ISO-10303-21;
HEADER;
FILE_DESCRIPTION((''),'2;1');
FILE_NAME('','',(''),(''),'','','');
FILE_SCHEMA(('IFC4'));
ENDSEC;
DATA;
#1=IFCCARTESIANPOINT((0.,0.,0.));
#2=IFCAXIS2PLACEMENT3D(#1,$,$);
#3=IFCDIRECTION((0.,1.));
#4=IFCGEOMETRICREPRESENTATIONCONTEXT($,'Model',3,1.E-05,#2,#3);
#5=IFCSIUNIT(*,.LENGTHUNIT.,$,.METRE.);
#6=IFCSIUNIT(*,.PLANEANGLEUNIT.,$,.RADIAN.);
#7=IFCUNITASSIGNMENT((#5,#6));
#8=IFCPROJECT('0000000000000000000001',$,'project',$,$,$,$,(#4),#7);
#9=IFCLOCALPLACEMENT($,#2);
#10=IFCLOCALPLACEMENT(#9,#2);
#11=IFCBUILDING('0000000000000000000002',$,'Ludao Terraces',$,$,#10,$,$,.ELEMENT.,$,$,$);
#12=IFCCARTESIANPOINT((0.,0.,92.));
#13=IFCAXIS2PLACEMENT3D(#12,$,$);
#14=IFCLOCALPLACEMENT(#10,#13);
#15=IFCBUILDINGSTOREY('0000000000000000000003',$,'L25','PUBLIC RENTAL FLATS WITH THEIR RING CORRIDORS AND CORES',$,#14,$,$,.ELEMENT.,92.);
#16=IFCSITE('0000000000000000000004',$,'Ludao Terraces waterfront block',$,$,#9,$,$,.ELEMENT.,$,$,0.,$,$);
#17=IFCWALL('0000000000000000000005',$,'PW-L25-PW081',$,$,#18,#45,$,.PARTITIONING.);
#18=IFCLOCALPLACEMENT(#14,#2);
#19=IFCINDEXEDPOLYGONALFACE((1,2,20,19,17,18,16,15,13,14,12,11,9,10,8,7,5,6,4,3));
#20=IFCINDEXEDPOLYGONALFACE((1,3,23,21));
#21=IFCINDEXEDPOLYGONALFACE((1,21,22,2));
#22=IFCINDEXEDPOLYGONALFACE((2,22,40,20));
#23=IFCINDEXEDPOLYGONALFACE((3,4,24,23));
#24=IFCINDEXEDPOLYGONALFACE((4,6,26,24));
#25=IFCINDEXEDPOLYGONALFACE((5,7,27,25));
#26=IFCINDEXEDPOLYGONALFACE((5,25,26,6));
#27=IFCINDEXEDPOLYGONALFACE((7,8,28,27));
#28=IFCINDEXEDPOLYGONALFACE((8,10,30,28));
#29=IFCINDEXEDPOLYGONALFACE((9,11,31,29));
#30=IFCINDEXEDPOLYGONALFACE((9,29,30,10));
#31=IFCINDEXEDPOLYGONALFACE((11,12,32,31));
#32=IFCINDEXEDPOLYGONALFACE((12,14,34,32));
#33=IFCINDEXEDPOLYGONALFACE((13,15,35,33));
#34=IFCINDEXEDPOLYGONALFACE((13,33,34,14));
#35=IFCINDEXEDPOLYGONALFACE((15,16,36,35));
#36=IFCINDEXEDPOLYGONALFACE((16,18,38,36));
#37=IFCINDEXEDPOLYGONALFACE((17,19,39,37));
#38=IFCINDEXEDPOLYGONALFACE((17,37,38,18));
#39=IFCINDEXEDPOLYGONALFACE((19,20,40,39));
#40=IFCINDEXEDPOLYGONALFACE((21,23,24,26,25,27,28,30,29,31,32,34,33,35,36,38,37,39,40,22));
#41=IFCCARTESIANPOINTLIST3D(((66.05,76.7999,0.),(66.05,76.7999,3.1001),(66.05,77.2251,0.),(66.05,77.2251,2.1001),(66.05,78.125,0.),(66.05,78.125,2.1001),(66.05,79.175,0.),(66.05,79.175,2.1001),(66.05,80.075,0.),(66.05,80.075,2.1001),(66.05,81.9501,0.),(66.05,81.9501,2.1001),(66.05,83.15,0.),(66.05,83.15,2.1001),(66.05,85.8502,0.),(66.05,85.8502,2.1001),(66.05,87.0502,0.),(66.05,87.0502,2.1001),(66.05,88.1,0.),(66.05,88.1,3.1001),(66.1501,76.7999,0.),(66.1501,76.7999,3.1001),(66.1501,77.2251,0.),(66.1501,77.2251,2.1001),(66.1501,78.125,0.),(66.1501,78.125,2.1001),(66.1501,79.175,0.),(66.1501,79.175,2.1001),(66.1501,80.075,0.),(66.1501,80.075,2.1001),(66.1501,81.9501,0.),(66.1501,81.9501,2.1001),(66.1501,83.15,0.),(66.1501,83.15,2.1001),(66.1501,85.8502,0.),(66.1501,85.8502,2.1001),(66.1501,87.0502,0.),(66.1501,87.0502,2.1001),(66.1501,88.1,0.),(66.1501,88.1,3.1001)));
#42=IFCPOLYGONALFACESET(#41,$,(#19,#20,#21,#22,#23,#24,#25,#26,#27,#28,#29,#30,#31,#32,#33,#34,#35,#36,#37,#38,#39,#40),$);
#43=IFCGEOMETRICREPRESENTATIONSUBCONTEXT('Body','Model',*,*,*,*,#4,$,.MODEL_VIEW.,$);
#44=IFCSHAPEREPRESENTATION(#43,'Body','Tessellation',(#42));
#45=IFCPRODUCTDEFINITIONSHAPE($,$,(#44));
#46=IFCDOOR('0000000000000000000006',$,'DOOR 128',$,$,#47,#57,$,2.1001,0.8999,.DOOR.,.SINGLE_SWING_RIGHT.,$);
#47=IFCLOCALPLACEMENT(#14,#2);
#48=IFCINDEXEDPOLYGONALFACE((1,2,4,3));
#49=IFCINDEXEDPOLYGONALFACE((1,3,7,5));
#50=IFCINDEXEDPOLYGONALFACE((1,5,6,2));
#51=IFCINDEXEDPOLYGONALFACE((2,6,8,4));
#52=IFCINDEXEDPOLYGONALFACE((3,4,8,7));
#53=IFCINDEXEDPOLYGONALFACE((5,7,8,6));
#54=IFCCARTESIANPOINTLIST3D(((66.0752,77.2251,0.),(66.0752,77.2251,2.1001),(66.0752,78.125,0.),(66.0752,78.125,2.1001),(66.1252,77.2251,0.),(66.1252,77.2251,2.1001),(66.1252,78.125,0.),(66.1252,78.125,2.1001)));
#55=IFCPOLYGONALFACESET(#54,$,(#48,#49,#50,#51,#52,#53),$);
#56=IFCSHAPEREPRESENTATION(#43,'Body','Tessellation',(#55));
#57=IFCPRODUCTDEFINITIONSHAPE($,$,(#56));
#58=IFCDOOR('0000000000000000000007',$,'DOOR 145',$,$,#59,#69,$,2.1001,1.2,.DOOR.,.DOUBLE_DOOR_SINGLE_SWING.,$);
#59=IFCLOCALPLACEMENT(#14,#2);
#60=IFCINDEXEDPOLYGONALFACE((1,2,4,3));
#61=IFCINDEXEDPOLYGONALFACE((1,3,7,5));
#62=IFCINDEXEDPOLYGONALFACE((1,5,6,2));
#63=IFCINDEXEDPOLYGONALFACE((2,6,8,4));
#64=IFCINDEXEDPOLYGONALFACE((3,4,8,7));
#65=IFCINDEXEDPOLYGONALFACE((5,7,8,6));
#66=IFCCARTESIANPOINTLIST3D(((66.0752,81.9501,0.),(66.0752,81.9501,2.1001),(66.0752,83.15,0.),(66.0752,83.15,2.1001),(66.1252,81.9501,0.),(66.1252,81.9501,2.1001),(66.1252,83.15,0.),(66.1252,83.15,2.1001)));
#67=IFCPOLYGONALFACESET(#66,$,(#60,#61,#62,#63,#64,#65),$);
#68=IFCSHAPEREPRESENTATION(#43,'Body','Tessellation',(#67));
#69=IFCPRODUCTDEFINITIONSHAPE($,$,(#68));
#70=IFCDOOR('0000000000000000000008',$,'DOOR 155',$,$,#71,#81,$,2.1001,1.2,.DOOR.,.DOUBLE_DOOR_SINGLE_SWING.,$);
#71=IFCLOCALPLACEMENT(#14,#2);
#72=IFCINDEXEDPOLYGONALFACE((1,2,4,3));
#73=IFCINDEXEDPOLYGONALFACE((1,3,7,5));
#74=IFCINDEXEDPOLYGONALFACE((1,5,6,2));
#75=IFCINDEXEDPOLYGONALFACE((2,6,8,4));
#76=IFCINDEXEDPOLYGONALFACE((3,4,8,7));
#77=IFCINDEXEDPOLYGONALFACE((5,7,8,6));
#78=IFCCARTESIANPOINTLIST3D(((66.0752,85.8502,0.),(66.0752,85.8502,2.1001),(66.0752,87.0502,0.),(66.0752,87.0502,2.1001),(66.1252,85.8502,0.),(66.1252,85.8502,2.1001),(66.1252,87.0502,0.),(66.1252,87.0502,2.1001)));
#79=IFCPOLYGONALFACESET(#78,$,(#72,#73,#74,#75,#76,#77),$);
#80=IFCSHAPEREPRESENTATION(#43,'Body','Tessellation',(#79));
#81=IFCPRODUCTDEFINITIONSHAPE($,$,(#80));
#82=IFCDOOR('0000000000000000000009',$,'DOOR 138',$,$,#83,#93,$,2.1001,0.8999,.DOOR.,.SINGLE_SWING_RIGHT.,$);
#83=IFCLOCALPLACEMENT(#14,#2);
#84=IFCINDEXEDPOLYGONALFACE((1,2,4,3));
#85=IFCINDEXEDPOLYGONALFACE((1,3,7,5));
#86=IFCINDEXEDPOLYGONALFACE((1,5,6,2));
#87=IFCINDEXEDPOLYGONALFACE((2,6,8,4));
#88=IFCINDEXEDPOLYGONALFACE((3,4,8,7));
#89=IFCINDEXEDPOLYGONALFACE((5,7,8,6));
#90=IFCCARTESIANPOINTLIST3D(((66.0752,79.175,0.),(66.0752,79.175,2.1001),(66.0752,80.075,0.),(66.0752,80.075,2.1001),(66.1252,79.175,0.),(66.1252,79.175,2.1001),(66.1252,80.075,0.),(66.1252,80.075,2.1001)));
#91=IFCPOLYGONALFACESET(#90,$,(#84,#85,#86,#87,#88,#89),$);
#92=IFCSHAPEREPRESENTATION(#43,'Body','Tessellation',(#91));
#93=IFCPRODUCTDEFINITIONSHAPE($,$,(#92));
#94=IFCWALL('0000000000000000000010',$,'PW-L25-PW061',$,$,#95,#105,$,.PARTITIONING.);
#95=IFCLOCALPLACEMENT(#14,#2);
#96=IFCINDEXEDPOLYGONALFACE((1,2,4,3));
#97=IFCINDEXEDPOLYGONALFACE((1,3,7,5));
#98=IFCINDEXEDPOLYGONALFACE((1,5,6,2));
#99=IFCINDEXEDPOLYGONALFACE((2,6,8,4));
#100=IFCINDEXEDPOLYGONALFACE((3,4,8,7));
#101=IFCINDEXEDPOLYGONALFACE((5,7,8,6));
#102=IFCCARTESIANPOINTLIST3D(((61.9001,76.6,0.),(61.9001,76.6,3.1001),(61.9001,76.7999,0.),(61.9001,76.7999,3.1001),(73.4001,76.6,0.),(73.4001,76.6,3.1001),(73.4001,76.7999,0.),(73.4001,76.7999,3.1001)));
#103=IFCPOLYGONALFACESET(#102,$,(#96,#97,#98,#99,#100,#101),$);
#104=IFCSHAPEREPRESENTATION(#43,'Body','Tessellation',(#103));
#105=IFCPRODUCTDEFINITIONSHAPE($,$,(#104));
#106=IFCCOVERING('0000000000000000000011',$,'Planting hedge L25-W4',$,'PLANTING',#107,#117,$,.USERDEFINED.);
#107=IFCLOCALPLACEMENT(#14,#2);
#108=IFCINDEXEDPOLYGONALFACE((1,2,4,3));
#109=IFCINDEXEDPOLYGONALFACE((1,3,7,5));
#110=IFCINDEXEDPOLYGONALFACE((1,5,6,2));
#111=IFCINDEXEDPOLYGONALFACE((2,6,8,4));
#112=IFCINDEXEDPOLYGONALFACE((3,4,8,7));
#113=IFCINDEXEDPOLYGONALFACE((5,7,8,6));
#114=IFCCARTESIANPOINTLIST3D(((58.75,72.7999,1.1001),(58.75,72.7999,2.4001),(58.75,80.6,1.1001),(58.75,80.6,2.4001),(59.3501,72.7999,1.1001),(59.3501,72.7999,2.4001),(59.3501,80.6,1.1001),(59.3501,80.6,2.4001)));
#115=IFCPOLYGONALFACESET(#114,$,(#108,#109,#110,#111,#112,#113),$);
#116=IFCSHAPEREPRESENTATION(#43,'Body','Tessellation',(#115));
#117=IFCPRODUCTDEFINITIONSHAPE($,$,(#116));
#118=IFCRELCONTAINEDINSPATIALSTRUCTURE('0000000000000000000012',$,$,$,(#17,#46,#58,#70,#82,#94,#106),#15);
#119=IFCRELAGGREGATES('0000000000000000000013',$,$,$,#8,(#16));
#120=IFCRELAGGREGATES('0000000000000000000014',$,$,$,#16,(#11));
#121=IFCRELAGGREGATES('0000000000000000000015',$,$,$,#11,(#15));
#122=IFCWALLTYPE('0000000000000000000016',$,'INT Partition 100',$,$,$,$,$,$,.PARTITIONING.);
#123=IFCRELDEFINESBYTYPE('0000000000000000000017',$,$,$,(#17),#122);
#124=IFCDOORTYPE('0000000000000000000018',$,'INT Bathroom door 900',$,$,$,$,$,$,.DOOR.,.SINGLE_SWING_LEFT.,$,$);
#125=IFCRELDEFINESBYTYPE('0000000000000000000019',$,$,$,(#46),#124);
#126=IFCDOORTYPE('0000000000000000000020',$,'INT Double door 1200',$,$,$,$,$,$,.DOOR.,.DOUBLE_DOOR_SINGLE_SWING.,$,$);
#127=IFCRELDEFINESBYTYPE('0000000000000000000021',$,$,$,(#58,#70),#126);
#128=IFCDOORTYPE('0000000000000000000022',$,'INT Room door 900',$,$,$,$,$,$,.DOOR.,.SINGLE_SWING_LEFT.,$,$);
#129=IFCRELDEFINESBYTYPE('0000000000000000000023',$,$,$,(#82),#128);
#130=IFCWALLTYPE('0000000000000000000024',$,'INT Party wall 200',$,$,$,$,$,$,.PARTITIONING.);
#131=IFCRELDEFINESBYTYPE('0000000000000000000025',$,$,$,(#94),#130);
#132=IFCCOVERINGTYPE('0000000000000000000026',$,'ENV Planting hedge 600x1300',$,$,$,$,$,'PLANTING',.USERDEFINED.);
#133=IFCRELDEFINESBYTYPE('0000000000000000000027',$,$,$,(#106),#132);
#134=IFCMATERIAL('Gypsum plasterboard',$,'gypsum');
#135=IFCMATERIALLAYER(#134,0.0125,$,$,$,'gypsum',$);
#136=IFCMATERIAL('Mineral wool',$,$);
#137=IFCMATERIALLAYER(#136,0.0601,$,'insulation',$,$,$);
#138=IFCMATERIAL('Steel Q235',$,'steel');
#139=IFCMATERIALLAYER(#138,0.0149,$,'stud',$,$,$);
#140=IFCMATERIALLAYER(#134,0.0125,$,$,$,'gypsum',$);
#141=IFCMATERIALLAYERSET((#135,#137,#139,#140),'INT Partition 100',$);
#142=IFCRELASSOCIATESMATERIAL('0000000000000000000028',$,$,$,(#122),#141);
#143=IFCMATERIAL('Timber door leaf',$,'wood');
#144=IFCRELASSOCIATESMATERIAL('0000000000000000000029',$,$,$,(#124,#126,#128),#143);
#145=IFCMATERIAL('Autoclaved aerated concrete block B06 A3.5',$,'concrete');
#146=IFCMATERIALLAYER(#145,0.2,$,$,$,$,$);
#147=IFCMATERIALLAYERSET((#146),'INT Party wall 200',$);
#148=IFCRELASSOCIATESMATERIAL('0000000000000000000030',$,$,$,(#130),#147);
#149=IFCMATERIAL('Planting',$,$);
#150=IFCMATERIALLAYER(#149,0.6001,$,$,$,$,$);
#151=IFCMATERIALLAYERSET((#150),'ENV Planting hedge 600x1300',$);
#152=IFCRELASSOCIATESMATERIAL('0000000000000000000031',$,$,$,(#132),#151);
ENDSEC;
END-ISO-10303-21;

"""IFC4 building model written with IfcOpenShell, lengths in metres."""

from ifc_helpers import new_model, si_unit, direction, frame, frame_2d, origin, origin_2d, place, context, subcontext, project, spatial, rectangle, extrude, material, layer, layer_set, type_object, element, fill, save


model = new_model("IFC4")

# Units and contexts
model_context = context("Model", 3, precision=1e-05, world=origin(), true_north=direction((0.0, 1.0)))
body_context = subcontext(model_context, "Body", "Model", "MODEL_VIEW")
ifc_project = project(units=[si_unit("LENGTHUNIT", "METRE"), si_unit("PLANEANGLEUNIT", "RADIAN")], contexts=[model_context])

# Site, building, storey
site_placement = place(None, origin())
site = spatial("IfcSite", under=ifc_project, at=site_placement, Name="Ludao Terraces waterfront block", CompositionType="ELEMENT", RefElevation=0.0)
building_placement = place(site_placement, origin())
building = spatial("IfcBuilding", under=site, at=building_placement, Name="Ludao Terraces", CompositionType="ELEMENT")
storey_placement = place(building_placement, frame((0.0, 0.0, 92.0)))
storey = spatial("IfcBuildingStorey", under=building, at=storey_placement, Name="L25", Description="PUBLIC RENTAL FLATS WITH THEIR RING CORRIDORS AND CORES", CompositionType="ELEMENT", Elevation=92.0)

# Shared definitions
ifc_material_1 = material(Name="Mineral wool")

# Shared definitions
ifc_material_2 = material(Name="Gypsum plasterboard", Category="gypsum")
ifc_layer_1 = layer(ifc_material_2, 0.0125, Category="gypsum")
ifc_layer_2 = layer(ifc_material_1, 0.0601, Name="insulation")
ifc_material_3 = material(Name="Steel Q235", Category="steel")
ifc_layer_3 = layer(ifc_material_3, 0.0149, Name="stud")
ifc_layer_4 = layer(ifc_material_2, 0.0125, Category="gypsum")
ifc_layer_set_1 = layer_set([ifc_layer_1, ifc_layer_2, ifc_layer_3, ifc_layer_4], Name="INT Partition 100")
wall_type_1 = type_object("IfcWallType", Name="INT Partition 100", PredefinedType="PARTITIONING", material=ifc_layer_set_1)

# Wall, openings, doors
wall_1_placement = place(storey_placement, frame((66.1001, 76.8, 0.0), z_axis=(0.0, 0.0, 1.0), x_axis=(0.0, 1.0, 0.0)))
wall_1 = element("IfcWall", 1, at=wall_1_placement, inside=storey, type_object=wall_type_1, Name="PW-L25-PW081", PredefinedType="PARTITIONING", context=body_context, shape_type="SweptSolid", body=[
    extrude(rectangle(XDim=11.3, YDim=0.1001, at=frame_2d((5.6499, 0.0))), origin(), (0.0, 0.0, 1.0), 3.1001),
])
opening_1_placement = place(wall_1_placement, frame((0.425, 0.0, 0.0)))
opening_1 = element("IfcOpeningElement", 2, at=opening_1_placement, cuts=wall_1, PredefinedType="OPENING", context=body_context, shape_type="SweptSolid", body=[
    extrude(rectangle(XDim=0.8999, YDim=2.1001, at=frame_2d((0.45, 1.05))), frame((0.0, 0.0601, 0.0), z_axis=(0.0, -1.0, 0.0), x_axis=(1.0, 0.0, 0.0)), (0.0, 0.0, 1.0), 0.1201),
])
opening_2_placement = place(wall_1_placement, frame((2.375, 0.0, 0.0)))
opening_2 = element("IfcOpeningElement", 3, at=opening_2_placement, cuts=wall_1, PredefinedType="OPENING", context=body_context, shape_type="SweptSolid", body=[
    extrude(rectangle(XDim=0.8999, YDim=2.1001, at=frame_2d((0.45, 1.05))), frame((0.0, 0.0601, 0.0), z_axis=(0.0, -1.0, 0.0), x_axis=(1.0, 0.0, 0.0)), (0.0, 0.0, 1.0), 0.1201),
])
opening_3_placement = place(wall_1_placement, frame((5.1499, 0.0, 0.0)))
opening_3 = element("IfcOpeningElement", 4, at=opening_3_placement, cuts=wall_1, PredefinedType="OPENING", context=body_context, shape_type="SweptSolid", body=[
    extrude(rectangle(XDim=1.2, YDim=2.1001, at=frame_2d((0.6001, 1.05))), frame((0.0, 0.0601, 0.0), z_axis=(0.0, -1.0, 0.0), x_axis=(1.0, 0.0, 0.0)), (0.0, 0.0, 1.0), 0.1201),
])
opening_4_placement = place(wall_1_placement, frame((9.05, 0.0, 0.0)))
opening_4 = element("IfcOpeningElement", 5, at=opening_4_placement, cuts=wall_1, PredefinedType="OPENING", context=body_context, shape_type="SweptSolid", body=[
    extrude(rectangle(XDim=1.2, YDim=2.1001, at=frame_2d((0.6001, 1.05))), frame((0.0, 0.0601, 0.0), z_axis=(0.0, -1.0, 0.0), x_axis=(1.0, 0.0, 0.0)), (0.0, 0.0, 1.0), 0.1201),
])
ifc_material_4 = material(Name="Timber door leaf", Category="wood")
door_type_1 = type_object("IfcDoorType", Name="INT Bathroom door 900", OperationType="SINGLE_SWING_LEFT", PredefinedType="DOOR", material=ifc_material_4)
door_1_placement = place(opening_1_placement, origin())
door_1 = element("IfcDoor", 6, at=door_1_placement, inside=storey, type_object=door_type_1, Name="DOOR 128", OperationType="SINGLE_SWING_RIGHT", OverallHeight=2.1001, OverallWidth=0.8999, PredefinedType="DOOR", context=body_context, shape_type="SweptSolid", body=[
    extrude(rectangle(XDim=0.8999, YDim=2.1001, at=frame_2d((0.45, 1.05))), frame((0.0, 0.0249, 0.0), z_axis=(0.0, -1.0, 0.0), x_axis=(1.0, 0.0, 0.0)), (0.0, 0.0, 1.0), 0.05),
])
fill(opening_1, door_1)
door_type_2 = type_object("IfcDoorType", Name="INT Double door 1200", OperationType="DOUBLE_DOOR_SINGLE_SWING", PredefinedType="DOOR", material=ifc_material_4)
door_2_placement = place(opening_3_placement, origin())
door_2 = element("IfcDoor", 7, at=door_2_placement, inside=storey, type_object=door_type_2, Name="DOOR 145", OperationType="DOUBLE_DOOR_SINGLE_SWING", OverallHeight=2.1001, OverallWidth=1.2, PredefinedType="DOOR", context=body_context, shape_type="SweptSolid", body=[
    extrude(rectangle(XDim=1.2, YDim=2.1001, at=frame_2d((0.6001, 1.05))), frame((0.0, 0.0249, 0.0), z_axis=(0.0, -1.0, 0.0), x_axis=(1.0, 0.0, 0.0)), (0.0, 0.0, 1.0), 0.05),
])
fill(opening_3, door_2)
door_3_placement = place(opening_4_placement, origin())
door_3 = element("IfcDoor", 8, at=door_3_placement, inside=storey, type_object=door_type_2, Name="DOOR 155", OperationType="DOUBLE_DOOR_SINGLE_SWING", OverallHeight=2.1001, OverallWidth=1.2, PredefinedType="DOOR", context=body_context, shape_type="SweptSolid", body=[
    extrude(rectangle(XDim=1.2, YDim=2.1001, at=frame_2d((0.6001, 1.05))), frame((0.0, 0.0249, 0.0), z_axis=(0.0, -1.0, 0.0), x_axis=(1.0, 0.0, 0.0)), (0.0, 0.0, 1.0), 0.05),
])
fill(opening_4, door_3)
door_type_3 = type_object("IfcDoorType", Name="INT Room door 900", OperationType="SINGLE_SWING_LEFT", PredefinedType="DOOR", material=ifc_material_4)
door_4_placement = place(opening_2_placement, origin())
door_4 = element("IfcDoor", 9, at=door_4_placement, inside=storey, type_object=door_type_3, Name="DOOR 138", OperationType="SINGLE_SWING_RIGHT", OverallHeight=2.1001, OverallWidth=0.8999, PredefinedType="DOOR", context=body_context, shape_type="SweptSolid", body=[
    extrude(rectangle(XDim=0.8999, YDim=2.1001, at=frame_2d((0.45, 1.05))), frame((0.0, 0.0249, 0.0), z_axis=(0.0, -1.0, 0.0), x_axis=(1.0, 0.0, 0.0)), (0.0, 0.0, 1.0), 0.05),
])
fill(opening_2, door_4)

# Wall
ifc_material_5 = material(Name="Autoclaved aerated concrete block B06 A3.5", Category="concrete")
ifc_layer_5 = layer(ifc_material_5, 0.2)
ifc_layer_set_2 = layer_set([ifc_layer_5], Name="INT Party wall 200")
wall_type_2 = type_object("IfcWallType", Name="INT Party wall 200", PredefinedType="PARTITIONING", material=ifc_layer_set_2)
wall_2_placement = place(storey_placement, frame((61.9001, 76.7, 0.0), z_axis=(0.0, 0.0, 1.0), x_axis=(1.0, 0.0, 0.0)))
element("IfcWall", 10, at=wall_2_placement, inside=storey, type_object=wall_type_2, Name="PW-L25-PW061", PredefinedType="PARTITIONING", context=body_context, shape_type="SweptSolid", body=[
    extrude(rectangle(XDim=11.5, YDim=0.2, at=frame_2d((5.75, 0.0))), origin(), (0.0, 0.0, 1.0), 3.1001),
])

# Covering
ifc_material_6 = material(Name="Planting")
ifc_layer_6 = layer(ifc_material_6, 0.6001)
ifc_layer_set_3 = layer_set([ifc_layer_6], Name="ENV Planting hedge 600x1300")
covering_type = type_object("IfcCoveringType", Name="ENV Planting hedge 600x1300", ElementType="PLANTING", PredefinedType="USERDEFINED", material=ifc_layer_set_3)
covering_placement = place(storey_placement, frame((59.05, 76.7, 1.1001), z_axis=(0.0, 0.0, 1.0), x_axis=(1.0, 0.0, 0.0)))
element("IfcCovering", 11, at=covering_placement, inside=storey, type_object=covering_type, Name="Planting hedge L25-W4", ObjectType="PLANTING", PredefinedType="USERDEFINED", context=body_context, shape_type="SweptSolid", body=[
    extrude(rectangle(XDim=0.6001, YDim=7.8, at=origin_2d()), origin(), (0.0, 0.0, 1.0), 1.3),
])

save(model, "model.ifc")
